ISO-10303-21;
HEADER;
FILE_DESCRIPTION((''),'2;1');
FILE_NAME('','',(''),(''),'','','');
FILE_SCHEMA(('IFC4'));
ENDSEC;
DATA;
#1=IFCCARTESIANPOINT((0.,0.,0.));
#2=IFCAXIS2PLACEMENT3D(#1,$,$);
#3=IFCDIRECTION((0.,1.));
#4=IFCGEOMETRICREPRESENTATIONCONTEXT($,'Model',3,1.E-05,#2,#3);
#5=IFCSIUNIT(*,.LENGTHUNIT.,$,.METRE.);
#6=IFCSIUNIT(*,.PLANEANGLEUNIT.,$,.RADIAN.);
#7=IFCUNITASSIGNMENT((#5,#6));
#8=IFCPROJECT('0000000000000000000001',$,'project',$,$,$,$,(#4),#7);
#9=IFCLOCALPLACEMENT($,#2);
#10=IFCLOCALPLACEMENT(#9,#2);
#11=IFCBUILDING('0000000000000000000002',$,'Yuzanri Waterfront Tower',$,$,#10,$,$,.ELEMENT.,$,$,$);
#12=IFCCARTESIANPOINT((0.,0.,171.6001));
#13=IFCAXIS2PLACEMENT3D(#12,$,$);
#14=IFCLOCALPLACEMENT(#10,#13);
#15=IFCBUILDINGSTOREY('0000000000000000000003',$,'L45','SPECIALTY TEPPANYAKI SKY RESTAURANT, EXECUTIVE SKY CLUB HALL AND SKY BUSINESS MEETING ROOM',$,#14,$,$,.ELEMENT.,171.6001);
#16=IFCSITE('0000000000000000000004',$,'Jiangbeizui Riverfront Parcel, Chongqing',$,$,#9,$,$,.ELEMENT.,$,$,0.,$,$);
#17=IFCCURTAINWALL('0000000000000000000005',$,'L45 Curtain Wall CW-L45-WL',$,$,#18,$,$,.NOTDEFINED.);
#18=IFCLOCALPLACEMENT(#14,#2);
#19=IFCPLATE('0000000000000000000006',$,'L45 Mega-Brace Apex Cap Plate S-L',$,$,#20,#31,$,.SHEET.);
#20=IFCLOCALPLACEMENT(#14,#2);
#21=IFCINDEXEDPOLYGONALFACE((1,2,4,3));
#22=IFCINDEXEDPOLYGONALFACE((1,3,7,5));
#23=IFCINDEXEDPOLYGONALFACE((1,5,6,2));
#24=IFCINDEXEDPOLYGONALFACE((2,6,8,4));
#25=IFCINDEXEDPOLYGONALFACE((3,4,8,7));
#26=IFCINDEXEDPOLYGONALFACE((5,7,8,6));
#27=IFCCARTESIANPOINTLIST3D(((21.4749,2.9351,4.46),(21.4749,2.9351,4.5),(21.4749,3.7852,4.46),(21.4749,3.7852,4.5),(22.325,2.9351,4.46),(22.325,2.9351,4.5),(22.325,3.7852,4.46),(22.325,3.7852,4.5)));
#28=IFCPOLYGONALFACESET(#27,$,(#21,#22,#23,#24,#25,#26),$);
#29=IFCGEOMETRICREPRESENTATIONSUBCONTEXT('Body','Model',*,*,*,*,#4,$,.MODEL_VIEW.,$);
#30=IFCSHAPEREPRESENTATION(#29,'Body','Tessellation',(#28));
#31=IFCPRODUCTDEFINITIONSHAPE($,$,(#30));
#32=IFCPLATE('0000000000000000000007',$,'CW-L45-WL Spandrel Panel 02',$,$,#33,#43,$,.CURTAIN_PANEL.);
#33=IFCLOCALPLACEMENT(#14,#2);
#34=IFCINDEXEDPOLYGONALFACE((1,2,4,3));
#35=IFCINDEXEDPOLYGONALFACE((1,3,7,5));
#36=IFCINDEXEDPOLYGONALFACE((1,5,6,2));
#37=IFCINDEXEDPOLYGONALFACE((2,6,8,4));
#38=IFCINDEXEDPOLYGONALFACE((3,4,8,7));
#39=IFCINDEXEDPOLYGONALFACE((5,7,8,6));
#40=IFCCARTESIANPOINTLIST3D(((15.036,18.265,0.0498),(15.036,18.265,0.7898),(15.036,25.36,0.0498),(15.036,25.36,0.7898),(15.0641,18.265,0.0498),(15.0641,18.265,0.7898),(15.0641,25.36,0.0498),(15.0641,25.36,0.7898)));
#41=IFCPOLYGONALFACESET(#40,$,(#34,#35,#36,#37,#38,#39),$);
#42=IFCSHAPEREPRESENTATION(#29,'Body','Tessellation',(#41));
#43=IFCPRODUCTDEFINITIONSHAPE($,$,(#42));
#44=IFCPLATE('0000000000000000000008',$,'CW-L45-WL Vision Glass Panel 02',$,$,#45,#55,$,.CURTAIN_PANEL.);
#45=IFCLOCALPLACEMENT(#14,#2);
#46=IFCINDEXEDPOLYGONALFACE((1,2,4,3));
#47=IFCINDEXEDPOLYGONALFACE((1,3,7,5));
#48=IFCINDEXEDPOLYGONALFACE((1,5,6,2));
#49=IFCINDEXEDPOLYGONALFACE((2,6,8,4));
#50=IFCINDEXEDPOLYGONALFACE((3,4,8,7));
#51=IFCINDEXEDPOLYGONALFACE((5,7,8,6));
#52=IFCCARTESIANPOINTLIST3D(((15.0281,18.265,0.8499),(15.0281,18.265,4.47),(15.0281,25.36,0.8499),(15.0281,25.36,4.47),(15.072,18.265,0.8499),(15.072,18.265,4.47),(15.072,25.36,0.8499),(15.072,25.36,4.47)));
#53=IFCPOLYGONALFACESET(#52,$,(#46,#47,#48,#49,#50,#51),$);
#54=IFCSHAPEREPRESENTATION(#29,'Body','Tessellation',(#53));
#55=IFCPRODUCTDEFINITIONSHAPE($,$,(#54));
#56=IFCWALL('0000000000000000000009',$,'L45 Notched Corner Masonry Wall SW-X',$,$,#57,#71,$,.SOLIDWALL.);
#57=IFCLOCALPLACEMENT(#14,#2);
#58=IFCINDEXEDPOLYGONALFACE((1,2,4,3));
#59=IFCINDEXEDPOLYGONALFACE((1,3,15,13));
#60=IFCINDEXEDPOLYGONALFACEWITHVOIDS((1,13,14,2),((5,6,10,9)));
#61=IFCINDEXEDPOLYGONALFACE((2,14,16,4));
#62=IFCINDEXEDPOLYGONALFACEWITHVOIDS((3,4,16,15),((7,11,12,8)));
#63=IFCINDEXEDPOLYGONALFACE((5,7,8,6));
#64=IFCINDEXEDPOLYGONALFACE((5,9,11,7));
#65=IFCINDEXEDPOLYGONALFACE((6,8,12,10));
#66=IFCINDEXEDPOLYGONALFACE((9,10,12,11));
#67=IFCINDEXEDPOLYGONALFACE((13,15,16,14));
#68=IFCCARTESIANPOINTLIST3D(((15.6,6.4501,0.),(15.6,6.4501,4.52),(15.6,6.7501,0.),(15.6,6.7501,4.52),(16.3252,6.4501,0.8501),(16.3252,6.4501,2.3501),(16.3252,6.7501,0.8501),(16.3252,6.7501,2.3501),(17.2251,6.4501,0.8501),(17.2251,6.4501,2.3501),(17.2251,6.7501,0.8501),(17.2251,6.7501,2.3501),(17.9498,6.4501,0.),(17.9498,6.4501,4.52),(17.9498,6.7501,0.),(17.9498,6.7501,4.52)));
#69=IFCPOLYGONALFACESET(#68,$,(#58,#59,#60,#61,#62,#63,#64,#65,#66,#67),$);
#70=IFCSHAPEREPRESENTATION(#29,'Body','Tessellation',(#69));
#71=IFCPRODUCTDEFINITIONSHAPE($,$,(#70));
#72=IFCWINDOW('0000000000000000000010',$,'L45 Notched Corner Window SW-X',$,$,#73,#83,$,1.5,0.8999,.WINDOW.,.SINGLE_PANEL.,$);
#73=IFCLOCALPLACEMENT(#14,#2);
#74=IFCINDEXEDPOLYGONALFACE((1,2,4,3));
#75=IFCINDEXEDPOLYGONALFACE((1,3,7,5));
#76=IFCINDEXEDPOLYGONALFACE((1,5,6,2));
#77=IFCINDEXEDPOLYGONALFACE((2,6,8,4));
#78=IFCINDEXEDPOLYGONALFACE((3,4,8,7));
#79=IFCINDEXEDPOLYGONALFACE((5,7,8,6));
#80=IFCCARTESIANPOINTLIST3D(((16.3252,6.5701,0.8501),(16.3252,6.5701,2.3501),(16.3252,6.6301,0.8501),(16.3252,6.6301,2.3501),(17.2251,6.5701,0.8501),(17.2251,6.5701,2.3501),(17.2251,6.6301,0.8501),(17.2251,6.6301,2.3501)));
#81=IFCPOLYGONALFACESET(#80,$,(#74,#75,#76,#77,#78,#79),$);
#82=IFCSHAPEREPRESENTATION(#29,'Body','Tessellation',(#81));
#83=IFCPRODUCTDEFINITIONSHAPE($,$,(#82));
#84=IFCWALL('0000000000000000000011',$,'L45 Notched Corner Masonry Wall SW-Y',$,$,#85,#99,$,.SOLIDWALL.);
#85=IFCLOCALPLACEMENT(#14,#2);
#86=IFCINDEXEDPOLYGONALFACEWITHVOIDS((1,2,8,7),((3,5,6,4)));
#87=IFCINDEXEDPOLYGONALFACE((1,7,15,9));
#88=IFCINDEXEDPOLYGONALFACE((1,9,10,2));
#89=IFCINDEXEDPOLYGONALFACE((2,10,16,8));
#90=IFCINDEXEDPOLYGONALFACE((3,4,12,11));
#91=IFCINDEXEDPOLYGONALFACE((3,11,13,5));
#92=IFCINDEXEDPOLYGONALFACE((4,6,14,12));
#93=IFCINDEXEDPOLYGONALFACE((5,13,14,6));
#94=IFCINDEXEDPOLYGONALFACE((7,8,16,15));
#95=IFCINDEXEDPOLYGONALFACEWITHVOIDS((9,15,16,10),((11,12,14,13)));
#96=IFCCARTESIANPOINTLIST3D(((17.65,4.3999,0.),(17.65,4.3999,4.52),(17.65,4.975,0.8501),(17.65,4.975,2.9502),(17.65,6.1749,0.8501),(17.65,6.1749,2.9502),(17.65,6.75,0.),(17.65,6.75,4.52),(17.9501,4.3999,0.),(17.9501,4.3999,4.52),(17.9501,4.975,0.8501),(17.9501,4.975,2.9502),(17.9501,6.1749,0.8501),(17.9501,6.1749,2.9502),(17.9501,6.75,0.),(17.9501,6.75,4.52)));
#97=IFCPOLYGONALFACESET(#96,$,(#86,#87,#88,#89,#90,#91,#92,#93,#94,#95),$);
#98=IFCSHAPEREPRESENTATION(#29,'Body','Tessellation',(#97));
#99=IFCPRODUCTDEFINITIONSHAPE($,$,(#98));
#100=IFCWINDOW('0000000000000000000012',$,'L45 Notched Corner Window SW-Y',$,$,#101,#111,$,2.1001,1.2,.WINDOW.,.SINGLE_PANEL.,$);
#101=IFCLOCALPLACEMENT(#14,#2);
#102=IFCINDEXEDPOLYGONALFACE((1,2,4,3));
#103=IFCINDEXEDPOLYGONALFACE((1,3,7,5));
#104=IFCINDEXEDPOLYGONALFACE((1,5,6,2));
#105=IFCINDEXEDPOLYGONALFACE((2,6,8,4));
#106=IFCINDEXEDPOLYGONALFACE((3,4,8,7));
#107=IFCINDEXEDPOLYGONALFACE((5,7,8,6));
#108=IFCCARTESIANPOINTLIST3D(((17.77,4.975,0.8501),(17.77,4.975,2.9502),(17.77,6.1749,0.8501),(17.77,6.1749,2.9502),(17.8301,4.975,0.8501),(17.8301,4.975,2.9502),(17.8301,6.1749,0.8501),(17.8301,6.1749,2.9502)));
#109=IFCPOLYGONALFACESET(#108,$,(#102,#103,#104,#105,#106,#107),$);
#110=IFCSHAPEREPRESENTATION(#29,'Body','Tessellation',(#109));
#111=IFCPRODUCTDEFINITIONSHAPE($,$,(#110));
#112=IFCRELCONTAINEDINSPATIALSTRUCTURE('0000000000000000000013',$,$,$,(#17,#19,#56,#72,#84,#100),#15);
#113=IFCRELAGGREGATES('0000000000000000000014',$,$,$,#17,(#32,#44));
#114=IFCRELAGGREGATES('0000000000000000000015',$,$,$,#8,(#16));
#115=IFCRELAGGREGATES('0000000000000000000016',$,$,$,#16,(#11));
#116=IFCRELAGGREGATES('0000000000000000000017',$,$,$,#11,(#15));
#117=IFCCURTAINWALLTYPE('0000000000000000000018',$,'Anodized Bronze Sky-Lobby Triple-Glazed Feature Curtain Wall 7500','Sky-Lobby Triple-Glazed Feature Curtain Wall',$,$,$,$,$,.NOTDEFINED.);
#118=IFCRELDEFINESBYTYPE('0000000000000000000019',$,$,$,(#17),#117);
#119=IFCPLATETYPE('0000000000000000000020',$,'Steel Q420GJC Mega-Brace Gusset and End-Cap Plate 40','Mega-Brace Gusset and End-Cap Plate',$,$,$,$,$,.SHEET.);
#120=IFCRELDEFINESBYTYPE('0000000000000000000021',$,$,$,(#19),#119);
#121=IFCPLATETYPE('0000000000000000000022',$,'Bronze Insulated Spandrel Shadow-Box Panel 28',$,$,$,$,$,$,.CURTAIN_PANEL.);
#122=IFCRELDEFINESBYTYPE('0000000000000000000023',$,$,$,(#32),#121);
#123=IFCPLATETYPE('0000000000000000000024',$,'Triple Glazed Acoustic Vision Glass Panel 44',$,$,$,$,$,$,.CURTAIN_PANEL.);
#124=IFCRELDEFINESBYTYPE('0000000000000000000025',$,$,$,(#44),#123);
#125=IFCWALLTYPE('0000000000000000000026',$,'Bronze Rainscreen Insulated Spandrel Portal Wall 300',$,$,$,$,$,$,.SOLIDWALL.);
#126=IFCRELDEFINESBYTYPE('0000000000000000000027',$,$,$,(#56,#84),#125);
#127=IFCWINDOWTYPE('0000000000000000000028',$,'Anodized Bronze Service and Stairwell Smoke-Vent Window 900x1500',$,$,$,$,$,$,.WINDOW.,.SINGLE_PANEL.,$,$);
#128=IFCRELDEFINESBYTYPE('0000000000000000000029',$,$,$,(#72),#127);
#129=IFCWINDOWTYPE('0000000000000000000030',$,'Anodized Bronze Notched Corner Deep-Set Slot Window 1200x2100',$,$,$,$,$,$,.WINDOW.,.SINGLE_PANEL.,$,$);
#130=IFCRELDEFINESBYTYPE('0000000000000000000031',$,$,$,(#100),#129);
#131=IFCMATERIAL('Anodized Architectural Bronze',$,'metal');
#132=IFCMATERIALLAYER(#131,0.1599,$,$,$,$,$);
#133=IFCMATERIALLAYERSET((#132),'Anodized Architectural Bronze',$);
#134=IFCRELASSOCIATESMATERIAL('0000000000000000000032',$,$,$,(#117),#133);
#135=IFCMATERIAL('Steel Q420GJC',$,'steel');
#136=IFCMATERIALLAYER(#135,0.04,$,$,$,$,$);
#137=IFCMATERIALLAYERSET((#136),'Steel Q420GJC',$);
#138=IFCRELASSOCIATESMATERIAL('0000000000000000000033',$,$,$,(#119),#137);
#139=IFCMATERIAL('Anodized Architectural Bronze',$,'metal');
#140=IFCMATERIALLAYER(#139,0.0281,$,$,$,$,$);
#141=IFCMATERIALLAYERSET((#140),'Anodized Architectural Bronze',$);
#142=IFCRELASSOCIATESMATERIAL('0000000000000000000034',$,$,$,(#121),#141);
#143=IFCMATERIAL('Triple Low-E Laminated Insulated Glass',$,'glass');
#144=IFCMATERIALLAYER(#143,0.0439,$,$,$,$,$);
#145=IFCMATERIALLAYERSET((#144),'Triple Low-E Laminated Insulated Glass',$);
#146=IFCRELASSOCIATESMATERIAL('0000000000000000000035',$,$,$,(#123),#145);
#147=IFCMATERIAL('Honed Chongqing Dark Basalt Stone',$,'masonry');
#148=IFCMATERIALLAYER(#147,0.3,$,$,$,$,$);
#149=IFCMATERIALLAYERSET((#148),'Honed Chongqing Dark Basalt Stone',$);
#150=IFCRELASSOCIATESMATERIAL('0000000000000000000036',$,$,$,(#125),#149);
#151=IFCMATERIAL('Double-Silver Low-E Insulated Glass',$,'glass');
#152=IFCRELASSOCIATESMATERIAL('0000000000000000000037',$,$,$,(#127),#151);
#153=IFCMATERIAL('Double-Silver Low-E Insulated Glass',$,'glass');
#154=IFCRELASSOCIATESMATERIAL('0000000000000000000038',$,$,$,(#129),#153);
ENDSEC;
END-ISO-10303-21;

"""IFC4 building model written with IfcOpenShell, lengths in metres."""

from ifc_helpers import new_model, si_unit, direction, frame, frame_2d, origin, origin_2d, place, context, subcontext, project, spatial, rectangle, extrude, source, transform, mapped, material, layer, layer_set, type_object, element, fill, aggregate, save


model = new_model("IFC4")

# Units and contexts
model_context = context("Model", 3, precision=1e-05, world=origin(), true_north=direction((0.0, 1.0)))
body_context = subcontext(model_context, "Body", "Model", "MODEL_VIEW")
ifc_project = project(units=[si_unit("LENGTHUNIT", "METRE"), si_unit("PLANEANGLEUNIT", "RADIAN")], contexts=[model_context])

# Site, building, storey
site_placement = place(None, origin())
site = spatial("IfcSite", under=ifc_project, at=site_placement, Name="Jiangbeizui Riverfront Parcel, Chongqing", CompositionType="ELEMENT", RefElevation=0.0)
building_placement = place(site_placement, origin())
building = spatial("IfcBuilding", under=site, at=building_placement, Name="Yuzanri Waterfront Tower", CompositionType="ELEMENT")
storey_placement = place(building_placement, frame((0.0, 0.0, 171.6001)))
storey = spatial("IfcBuildingStorey", under=building, at=storey_placement, Name="L45", Description="SPECIALTY TEPPANYAKI SKY RESTAURANT, EXECUTIVE SKY CLUB HALL AND SKY BUSINESS MEETING ROOM", CompositionType="ELEMENT", Elevation=171.6001)

# Curtain wall
ifc_material_1 = material(Name="Anodized Architectural Bronze", Category="metal")
ifc_layer_1 = layer(ifc_material_1, 0.1599)
ifc_layer_set_1 = layer_set([ifc_layer_1], Name="Anodized Architectural Bronze")
curtain_wall_type = type_object("IfcCurtainWallType", Name="Anodized Bronze Sky-Lobby Triple-Glazed Feature Curtain Wall 7500", Description="Sky-Lobby Triple-Glazed Feature Curtain Wall", PredefinedType="NOTDEFINED", material=ifc_layer_set_1)
curtain_wall_1_placement = place(storey_placement, origin())
curtain_wall_1 = element("IfcCurtainWall", 1, at=curtain_wall_1_placement, inside=storey, type_object=curtain_wall_type, Name="L45 Curtain Wall CW-L45-WL", PredefinedType="NOTDEFINED")

# Plates
ifc_material_2 = material(Name="Steel Q420GJC", Category="steel")
ifc_layer_2 = layer(ifc_material_2, 0.04)
ifc_layer_set_2 = layer_set([ifc_layer_2], Name="Steel Q420GJC")
plate_type_1 = type_object("IfcPlateType", Name="Steel Q420GJC Mega-Brace Gusset and End-Cap Plate 40", Description="Mega-Brace Gusset and End-Cap Plate", PredefinedType="SHEET", material=ifc_layer_set_2)
shared_shape_1 = source(origin(), body_context, "Body", "SweptSolid", [
    extrude(rectangle(XDim=0.8501, YDim=0.8501, at=origin_2d()), origin(), (0.0, 0.0, 1.0), 0.04),
])
plate_1_placement = place(storey_placement, frame((21.8999, 3.3601, 4.46), z_axis=(0.0, 0.0, 1.0), x_axis=(1.0, 0.0, 0.0)))
element("IfcPlate", 2, at=plate_1_placement, inside=storey, type_object=plate_type_1, Name="L45 Mega-Brace Apex Cap Plate S-L", PredefinedType="SHEET", context=body_context, shape_type="MappedRepresentation", body=[
    mapped(shared_shape_1, transform((0.0, 0.0, 0.0), scale=1.0)),
])
ifc_material_3 = material(Name="Anodized Architectural Bronze", Category="metal")
ifc_layer_3 = layer(ifc_material_3, 0.0281)
ifc_layer_set_3 = layer_set([ifc_layer_3], Name="Anodized Architectural Bronze")
plate_type_2 = type_object("IfcPlateType", Name="Bronze Insulated Spandrel Shadow-Box Panel 28", PredefinedType="CURTAIN_PANEL", material=ifc_layer_set_3)
shared_shape_2 = source(origin(), body_context, "Body", "SweptSolid", [
    extrude(rectangle(XDim=7.095, YDim=0.0281, at=origin_2d()), origin(), (0.0, 0.0, 1.0), 0.74),
])
plate_2_placement = place(storey_placement, frame((15.05, 21.8125, 0.0498), z_axis=(0.0, 0.0, 1.0), x_axis=(0.0, 1.0, 0.0)))
plate_2 = element("IfcPlate", 3, at=plate_2_placement, type_object=plate_type_2, Name="CW-L45-WL Spandrel Panel 02", PredefinedType="CURTAIN_PANEL", context=body_context, shape_type="MappedRepresentation", body=[
    mapped(shared_shape_2, transform((0.0, 0.0, 0.0), scale=1.0)),
])
ifc_material_4 = material(Name="Triple Low-E Laminated Insulated Glass", Category="glass")
ifc_layer_4 = layer(ifc_material_4, 0.0439)
ifc_layer_set_4 = layer_set([ifc_layer_4], Name="Triple Low-E Laminated Insulated Glass")
plate_type_3 = type_object("IfcPlateType", Name="Triple Glazed Acoustic Vision Glass Panel 44", PredefinedType="CURTAIN_PANEL", material=ifc_layer_set_4)
shared_shape_3 = source(origin(), body_context, "Body", "SweptSolid", [
    extrude(rectangle(XDim=7.095, YDim=0.0439, at=origin_2d()), origin(), (0.0, 0.0, 1.0), 3.6201),
])
plate_3_placement = place(storey_placement, frame((15.05, 21.8125, 0.8499), z_axis=(0.0, 0.0, 1.0), x_axis=(0.0, 1.0, 0.0)))
plate_3 = element("IfcPlate", 4, at=plate_3_placement, type_object=plate_type_3, Name="CW-L45-WL Vision Glass Panel 02", PredefinedType="CURTAIN_PANEL", context=body_context, shape_type="MappedRepresentation", body=[
    mapped(shared_shape_3, transform((0.0, 0.0, 0.0), scale=1.0)),
])
aggregate(curtain_wall_1, [plate_2, plate_3])

# Walls, openings, windows
ifc_material_5 = material(Name="Honed Chongqing Dark Basalt Stone", Category="masonry")
ifc_layer_5 = layer(ifc_material_5, 0.3)
ifc_layer_set_5 = layer_set([ifc_layer_5], Name="Honed Chongqing Dark Basalt Stone")
wall_type_1 = type_object("IfcWallType", Name="Bronze Rainscreen Insulated Spandrel Portal Wall 300", PredefinedType="SOLIDWALL", material=ifc_layer_set_5)
wall_1_placement = place(storey_placement, frame((15.6001, 6.6001, 0.0), z_axis=(0.0, 0.0, 1.0), x_axis=(1.0, 0.0, 0.0)))
wall_1 = element("IfcWall", 5, at=wall_1_placement, inside=storey, type_object=wall_type_1, Name="L45 Notched Corner Masonry Wall SW-X", PredefinedType="SOLIDWALL", context=body_context, shape_type="SweptSolid", body=[
    extrude(rectangle(XDim=2.3499, YDim=0.3, at=frame_2d((1.1748, 0.0))), origin(), (0.0, 0.0, 1.0), 4.52),
])
opening_1_placement = place(wall_1_placement, frame((0.7251, 0.0, 0.8501)))
opening_1 = element("IfcOpeningElement", 6, at=opening_1_placement, cuts=wall_1, PredefinedType="OPENING", context=body_context, shape_type="SweptSolid", body=[
    extrude(rectangle(XDim=0.8999, YDim=1.5, at=frame_2d((0.45, 0.75))), frame((0.0, 0.165, 0.0), z_axis=(0.0, -1.0, 0.0), x_axis=(1.0, 0.0, 0.0)), (0.0, 0.0, 1.0), 0.3298),
])
ifc_material_6 = material(Name="Double-Silver Low-E Insulated Glass", Category="glass")
window_type_1 = type_object("IfcWindowType", Name="Anodized Bronze Service and Stairwell Smoke-Vent Window 900x1500", PartitioningType="SINGLE_PANEL", PredefinedType="WINDOW", material=ifc_material_6)
shared_shape_4 = source(origin(), body_context, "Body", "SweptSolid", [
    extrude(rectangle(XDim=0.8999, YDim=1.5, at=frame_2d((0.45, 0.75))), frame((0.0, 0.03, 0.0), z_axis=(0.0, -1.0, 0.0), x_axis=(1.0, 0.0, 0.0)), (0.0, 0.0, 1.0), 0.0601),
])
window_1_placement = place(opening_1_placement, origin())
window_1 = element("IfcWindow", 7, at=window_1_placement, inside=storey, type_object=window_type_1, Name="L45 Notched Corner Window SW-X", OverallHeight=1.5, OverallWidth=0.8999, PartitioningType="SINGLE_PANEL", PredefinedType="WINDOW", context=body_context, shape_type="MappedRepresentation", body=[
    mapped(shared_shape_4, transform((0.0, 0.0, 0.0), scale=1.0)),
])
fill(opening_1, window_1)
wall_2_placement = place(storey_placement, frame((17.8, 6.75, 0.0), z_axis=(0.0, 0.0, 1.0), x_axis=(0.0, -1.0, 0.0)))
wall_2 = element("IfcWall", 8, at=wall_2_placement, inside=storey, type_object=wall_type_1, Name="L45 Notched Corner Masonry Wall SW-Y", PredefinedType="SOLIDWALL", context=body_context, shape_type="SweptSolid", body=[
    extrude(rectangle(XDim=2.3501, YDim=0.3, at=frame_2d((1.175, 0.0))), origin(), (0.0, 0.0, 1.0), 4.52),
])
opening_2_placement = place(wall_2_placement, frame((0.575, 0.0, 0.8501)))
opening_2 = element("IfcOpeningElement", 9, at=opening_2_placement, cuts=wall_2, PredefinedType="OPENING", context=body_context, shape_type="SweptSolid", body=[
    extrude(rectangle(XDim=1.2, YDim=2.1001, at=frame_2d((0.6001, 1.05))), frame((0.0, 0.165, 0.0), z_axis=(0.0, -1.0, 0.0), x_axis=(1.0, 0.0, 0.0)), (0.0, 0.0, 1.0), 0.3298),
])
ifc_material_7 = material(Name="Double-Silver Low-E Insulated Glass", Category="glass")
window_type_2 = type_object("IfcWindowType", Name="Anodized Bronze Notched Corner Deep-Set Slot Window 1200x2100", PartitioningType="SINGLE_PANEL", PredefinedType="WINDOW", material=ifc_material_7)
shared_shape_5 = source(origin(), body_context, "Body", "SweptSolid", [
    extrude(rectangle(XDim=1.2, YDim=2.1001, at=frame_2d((0.6001, 1.05))), frame((0.0, 0.03, 0.0), z_axis=(0.0, -1.0, 0.0), x_axis=(1.0, 0.0, 0.0)), (0.0, 0.0, 1.0), 0.0601),
])
window_2_placement = place(opening_2_placement, origin())
window_2 = element("IfcWindow", 10, at=window_2_placement, inside=storey, type_object=window_type_2, Name="L45 Notched Corner Window SW-Y", OverallHeight=2.1001, OverallWidth=1.2, PartitioningType="SINGLE_PANEL", PredefinedType="WINDOW", context=body_context, shape_type="MappedRepresentation", body=[
    mapped(shared_shape_5, transform((0.0, 0.0, 0.0), scale=1.0)),
])
fill(opening_2, window_2)

save(model, "model.ifc")
